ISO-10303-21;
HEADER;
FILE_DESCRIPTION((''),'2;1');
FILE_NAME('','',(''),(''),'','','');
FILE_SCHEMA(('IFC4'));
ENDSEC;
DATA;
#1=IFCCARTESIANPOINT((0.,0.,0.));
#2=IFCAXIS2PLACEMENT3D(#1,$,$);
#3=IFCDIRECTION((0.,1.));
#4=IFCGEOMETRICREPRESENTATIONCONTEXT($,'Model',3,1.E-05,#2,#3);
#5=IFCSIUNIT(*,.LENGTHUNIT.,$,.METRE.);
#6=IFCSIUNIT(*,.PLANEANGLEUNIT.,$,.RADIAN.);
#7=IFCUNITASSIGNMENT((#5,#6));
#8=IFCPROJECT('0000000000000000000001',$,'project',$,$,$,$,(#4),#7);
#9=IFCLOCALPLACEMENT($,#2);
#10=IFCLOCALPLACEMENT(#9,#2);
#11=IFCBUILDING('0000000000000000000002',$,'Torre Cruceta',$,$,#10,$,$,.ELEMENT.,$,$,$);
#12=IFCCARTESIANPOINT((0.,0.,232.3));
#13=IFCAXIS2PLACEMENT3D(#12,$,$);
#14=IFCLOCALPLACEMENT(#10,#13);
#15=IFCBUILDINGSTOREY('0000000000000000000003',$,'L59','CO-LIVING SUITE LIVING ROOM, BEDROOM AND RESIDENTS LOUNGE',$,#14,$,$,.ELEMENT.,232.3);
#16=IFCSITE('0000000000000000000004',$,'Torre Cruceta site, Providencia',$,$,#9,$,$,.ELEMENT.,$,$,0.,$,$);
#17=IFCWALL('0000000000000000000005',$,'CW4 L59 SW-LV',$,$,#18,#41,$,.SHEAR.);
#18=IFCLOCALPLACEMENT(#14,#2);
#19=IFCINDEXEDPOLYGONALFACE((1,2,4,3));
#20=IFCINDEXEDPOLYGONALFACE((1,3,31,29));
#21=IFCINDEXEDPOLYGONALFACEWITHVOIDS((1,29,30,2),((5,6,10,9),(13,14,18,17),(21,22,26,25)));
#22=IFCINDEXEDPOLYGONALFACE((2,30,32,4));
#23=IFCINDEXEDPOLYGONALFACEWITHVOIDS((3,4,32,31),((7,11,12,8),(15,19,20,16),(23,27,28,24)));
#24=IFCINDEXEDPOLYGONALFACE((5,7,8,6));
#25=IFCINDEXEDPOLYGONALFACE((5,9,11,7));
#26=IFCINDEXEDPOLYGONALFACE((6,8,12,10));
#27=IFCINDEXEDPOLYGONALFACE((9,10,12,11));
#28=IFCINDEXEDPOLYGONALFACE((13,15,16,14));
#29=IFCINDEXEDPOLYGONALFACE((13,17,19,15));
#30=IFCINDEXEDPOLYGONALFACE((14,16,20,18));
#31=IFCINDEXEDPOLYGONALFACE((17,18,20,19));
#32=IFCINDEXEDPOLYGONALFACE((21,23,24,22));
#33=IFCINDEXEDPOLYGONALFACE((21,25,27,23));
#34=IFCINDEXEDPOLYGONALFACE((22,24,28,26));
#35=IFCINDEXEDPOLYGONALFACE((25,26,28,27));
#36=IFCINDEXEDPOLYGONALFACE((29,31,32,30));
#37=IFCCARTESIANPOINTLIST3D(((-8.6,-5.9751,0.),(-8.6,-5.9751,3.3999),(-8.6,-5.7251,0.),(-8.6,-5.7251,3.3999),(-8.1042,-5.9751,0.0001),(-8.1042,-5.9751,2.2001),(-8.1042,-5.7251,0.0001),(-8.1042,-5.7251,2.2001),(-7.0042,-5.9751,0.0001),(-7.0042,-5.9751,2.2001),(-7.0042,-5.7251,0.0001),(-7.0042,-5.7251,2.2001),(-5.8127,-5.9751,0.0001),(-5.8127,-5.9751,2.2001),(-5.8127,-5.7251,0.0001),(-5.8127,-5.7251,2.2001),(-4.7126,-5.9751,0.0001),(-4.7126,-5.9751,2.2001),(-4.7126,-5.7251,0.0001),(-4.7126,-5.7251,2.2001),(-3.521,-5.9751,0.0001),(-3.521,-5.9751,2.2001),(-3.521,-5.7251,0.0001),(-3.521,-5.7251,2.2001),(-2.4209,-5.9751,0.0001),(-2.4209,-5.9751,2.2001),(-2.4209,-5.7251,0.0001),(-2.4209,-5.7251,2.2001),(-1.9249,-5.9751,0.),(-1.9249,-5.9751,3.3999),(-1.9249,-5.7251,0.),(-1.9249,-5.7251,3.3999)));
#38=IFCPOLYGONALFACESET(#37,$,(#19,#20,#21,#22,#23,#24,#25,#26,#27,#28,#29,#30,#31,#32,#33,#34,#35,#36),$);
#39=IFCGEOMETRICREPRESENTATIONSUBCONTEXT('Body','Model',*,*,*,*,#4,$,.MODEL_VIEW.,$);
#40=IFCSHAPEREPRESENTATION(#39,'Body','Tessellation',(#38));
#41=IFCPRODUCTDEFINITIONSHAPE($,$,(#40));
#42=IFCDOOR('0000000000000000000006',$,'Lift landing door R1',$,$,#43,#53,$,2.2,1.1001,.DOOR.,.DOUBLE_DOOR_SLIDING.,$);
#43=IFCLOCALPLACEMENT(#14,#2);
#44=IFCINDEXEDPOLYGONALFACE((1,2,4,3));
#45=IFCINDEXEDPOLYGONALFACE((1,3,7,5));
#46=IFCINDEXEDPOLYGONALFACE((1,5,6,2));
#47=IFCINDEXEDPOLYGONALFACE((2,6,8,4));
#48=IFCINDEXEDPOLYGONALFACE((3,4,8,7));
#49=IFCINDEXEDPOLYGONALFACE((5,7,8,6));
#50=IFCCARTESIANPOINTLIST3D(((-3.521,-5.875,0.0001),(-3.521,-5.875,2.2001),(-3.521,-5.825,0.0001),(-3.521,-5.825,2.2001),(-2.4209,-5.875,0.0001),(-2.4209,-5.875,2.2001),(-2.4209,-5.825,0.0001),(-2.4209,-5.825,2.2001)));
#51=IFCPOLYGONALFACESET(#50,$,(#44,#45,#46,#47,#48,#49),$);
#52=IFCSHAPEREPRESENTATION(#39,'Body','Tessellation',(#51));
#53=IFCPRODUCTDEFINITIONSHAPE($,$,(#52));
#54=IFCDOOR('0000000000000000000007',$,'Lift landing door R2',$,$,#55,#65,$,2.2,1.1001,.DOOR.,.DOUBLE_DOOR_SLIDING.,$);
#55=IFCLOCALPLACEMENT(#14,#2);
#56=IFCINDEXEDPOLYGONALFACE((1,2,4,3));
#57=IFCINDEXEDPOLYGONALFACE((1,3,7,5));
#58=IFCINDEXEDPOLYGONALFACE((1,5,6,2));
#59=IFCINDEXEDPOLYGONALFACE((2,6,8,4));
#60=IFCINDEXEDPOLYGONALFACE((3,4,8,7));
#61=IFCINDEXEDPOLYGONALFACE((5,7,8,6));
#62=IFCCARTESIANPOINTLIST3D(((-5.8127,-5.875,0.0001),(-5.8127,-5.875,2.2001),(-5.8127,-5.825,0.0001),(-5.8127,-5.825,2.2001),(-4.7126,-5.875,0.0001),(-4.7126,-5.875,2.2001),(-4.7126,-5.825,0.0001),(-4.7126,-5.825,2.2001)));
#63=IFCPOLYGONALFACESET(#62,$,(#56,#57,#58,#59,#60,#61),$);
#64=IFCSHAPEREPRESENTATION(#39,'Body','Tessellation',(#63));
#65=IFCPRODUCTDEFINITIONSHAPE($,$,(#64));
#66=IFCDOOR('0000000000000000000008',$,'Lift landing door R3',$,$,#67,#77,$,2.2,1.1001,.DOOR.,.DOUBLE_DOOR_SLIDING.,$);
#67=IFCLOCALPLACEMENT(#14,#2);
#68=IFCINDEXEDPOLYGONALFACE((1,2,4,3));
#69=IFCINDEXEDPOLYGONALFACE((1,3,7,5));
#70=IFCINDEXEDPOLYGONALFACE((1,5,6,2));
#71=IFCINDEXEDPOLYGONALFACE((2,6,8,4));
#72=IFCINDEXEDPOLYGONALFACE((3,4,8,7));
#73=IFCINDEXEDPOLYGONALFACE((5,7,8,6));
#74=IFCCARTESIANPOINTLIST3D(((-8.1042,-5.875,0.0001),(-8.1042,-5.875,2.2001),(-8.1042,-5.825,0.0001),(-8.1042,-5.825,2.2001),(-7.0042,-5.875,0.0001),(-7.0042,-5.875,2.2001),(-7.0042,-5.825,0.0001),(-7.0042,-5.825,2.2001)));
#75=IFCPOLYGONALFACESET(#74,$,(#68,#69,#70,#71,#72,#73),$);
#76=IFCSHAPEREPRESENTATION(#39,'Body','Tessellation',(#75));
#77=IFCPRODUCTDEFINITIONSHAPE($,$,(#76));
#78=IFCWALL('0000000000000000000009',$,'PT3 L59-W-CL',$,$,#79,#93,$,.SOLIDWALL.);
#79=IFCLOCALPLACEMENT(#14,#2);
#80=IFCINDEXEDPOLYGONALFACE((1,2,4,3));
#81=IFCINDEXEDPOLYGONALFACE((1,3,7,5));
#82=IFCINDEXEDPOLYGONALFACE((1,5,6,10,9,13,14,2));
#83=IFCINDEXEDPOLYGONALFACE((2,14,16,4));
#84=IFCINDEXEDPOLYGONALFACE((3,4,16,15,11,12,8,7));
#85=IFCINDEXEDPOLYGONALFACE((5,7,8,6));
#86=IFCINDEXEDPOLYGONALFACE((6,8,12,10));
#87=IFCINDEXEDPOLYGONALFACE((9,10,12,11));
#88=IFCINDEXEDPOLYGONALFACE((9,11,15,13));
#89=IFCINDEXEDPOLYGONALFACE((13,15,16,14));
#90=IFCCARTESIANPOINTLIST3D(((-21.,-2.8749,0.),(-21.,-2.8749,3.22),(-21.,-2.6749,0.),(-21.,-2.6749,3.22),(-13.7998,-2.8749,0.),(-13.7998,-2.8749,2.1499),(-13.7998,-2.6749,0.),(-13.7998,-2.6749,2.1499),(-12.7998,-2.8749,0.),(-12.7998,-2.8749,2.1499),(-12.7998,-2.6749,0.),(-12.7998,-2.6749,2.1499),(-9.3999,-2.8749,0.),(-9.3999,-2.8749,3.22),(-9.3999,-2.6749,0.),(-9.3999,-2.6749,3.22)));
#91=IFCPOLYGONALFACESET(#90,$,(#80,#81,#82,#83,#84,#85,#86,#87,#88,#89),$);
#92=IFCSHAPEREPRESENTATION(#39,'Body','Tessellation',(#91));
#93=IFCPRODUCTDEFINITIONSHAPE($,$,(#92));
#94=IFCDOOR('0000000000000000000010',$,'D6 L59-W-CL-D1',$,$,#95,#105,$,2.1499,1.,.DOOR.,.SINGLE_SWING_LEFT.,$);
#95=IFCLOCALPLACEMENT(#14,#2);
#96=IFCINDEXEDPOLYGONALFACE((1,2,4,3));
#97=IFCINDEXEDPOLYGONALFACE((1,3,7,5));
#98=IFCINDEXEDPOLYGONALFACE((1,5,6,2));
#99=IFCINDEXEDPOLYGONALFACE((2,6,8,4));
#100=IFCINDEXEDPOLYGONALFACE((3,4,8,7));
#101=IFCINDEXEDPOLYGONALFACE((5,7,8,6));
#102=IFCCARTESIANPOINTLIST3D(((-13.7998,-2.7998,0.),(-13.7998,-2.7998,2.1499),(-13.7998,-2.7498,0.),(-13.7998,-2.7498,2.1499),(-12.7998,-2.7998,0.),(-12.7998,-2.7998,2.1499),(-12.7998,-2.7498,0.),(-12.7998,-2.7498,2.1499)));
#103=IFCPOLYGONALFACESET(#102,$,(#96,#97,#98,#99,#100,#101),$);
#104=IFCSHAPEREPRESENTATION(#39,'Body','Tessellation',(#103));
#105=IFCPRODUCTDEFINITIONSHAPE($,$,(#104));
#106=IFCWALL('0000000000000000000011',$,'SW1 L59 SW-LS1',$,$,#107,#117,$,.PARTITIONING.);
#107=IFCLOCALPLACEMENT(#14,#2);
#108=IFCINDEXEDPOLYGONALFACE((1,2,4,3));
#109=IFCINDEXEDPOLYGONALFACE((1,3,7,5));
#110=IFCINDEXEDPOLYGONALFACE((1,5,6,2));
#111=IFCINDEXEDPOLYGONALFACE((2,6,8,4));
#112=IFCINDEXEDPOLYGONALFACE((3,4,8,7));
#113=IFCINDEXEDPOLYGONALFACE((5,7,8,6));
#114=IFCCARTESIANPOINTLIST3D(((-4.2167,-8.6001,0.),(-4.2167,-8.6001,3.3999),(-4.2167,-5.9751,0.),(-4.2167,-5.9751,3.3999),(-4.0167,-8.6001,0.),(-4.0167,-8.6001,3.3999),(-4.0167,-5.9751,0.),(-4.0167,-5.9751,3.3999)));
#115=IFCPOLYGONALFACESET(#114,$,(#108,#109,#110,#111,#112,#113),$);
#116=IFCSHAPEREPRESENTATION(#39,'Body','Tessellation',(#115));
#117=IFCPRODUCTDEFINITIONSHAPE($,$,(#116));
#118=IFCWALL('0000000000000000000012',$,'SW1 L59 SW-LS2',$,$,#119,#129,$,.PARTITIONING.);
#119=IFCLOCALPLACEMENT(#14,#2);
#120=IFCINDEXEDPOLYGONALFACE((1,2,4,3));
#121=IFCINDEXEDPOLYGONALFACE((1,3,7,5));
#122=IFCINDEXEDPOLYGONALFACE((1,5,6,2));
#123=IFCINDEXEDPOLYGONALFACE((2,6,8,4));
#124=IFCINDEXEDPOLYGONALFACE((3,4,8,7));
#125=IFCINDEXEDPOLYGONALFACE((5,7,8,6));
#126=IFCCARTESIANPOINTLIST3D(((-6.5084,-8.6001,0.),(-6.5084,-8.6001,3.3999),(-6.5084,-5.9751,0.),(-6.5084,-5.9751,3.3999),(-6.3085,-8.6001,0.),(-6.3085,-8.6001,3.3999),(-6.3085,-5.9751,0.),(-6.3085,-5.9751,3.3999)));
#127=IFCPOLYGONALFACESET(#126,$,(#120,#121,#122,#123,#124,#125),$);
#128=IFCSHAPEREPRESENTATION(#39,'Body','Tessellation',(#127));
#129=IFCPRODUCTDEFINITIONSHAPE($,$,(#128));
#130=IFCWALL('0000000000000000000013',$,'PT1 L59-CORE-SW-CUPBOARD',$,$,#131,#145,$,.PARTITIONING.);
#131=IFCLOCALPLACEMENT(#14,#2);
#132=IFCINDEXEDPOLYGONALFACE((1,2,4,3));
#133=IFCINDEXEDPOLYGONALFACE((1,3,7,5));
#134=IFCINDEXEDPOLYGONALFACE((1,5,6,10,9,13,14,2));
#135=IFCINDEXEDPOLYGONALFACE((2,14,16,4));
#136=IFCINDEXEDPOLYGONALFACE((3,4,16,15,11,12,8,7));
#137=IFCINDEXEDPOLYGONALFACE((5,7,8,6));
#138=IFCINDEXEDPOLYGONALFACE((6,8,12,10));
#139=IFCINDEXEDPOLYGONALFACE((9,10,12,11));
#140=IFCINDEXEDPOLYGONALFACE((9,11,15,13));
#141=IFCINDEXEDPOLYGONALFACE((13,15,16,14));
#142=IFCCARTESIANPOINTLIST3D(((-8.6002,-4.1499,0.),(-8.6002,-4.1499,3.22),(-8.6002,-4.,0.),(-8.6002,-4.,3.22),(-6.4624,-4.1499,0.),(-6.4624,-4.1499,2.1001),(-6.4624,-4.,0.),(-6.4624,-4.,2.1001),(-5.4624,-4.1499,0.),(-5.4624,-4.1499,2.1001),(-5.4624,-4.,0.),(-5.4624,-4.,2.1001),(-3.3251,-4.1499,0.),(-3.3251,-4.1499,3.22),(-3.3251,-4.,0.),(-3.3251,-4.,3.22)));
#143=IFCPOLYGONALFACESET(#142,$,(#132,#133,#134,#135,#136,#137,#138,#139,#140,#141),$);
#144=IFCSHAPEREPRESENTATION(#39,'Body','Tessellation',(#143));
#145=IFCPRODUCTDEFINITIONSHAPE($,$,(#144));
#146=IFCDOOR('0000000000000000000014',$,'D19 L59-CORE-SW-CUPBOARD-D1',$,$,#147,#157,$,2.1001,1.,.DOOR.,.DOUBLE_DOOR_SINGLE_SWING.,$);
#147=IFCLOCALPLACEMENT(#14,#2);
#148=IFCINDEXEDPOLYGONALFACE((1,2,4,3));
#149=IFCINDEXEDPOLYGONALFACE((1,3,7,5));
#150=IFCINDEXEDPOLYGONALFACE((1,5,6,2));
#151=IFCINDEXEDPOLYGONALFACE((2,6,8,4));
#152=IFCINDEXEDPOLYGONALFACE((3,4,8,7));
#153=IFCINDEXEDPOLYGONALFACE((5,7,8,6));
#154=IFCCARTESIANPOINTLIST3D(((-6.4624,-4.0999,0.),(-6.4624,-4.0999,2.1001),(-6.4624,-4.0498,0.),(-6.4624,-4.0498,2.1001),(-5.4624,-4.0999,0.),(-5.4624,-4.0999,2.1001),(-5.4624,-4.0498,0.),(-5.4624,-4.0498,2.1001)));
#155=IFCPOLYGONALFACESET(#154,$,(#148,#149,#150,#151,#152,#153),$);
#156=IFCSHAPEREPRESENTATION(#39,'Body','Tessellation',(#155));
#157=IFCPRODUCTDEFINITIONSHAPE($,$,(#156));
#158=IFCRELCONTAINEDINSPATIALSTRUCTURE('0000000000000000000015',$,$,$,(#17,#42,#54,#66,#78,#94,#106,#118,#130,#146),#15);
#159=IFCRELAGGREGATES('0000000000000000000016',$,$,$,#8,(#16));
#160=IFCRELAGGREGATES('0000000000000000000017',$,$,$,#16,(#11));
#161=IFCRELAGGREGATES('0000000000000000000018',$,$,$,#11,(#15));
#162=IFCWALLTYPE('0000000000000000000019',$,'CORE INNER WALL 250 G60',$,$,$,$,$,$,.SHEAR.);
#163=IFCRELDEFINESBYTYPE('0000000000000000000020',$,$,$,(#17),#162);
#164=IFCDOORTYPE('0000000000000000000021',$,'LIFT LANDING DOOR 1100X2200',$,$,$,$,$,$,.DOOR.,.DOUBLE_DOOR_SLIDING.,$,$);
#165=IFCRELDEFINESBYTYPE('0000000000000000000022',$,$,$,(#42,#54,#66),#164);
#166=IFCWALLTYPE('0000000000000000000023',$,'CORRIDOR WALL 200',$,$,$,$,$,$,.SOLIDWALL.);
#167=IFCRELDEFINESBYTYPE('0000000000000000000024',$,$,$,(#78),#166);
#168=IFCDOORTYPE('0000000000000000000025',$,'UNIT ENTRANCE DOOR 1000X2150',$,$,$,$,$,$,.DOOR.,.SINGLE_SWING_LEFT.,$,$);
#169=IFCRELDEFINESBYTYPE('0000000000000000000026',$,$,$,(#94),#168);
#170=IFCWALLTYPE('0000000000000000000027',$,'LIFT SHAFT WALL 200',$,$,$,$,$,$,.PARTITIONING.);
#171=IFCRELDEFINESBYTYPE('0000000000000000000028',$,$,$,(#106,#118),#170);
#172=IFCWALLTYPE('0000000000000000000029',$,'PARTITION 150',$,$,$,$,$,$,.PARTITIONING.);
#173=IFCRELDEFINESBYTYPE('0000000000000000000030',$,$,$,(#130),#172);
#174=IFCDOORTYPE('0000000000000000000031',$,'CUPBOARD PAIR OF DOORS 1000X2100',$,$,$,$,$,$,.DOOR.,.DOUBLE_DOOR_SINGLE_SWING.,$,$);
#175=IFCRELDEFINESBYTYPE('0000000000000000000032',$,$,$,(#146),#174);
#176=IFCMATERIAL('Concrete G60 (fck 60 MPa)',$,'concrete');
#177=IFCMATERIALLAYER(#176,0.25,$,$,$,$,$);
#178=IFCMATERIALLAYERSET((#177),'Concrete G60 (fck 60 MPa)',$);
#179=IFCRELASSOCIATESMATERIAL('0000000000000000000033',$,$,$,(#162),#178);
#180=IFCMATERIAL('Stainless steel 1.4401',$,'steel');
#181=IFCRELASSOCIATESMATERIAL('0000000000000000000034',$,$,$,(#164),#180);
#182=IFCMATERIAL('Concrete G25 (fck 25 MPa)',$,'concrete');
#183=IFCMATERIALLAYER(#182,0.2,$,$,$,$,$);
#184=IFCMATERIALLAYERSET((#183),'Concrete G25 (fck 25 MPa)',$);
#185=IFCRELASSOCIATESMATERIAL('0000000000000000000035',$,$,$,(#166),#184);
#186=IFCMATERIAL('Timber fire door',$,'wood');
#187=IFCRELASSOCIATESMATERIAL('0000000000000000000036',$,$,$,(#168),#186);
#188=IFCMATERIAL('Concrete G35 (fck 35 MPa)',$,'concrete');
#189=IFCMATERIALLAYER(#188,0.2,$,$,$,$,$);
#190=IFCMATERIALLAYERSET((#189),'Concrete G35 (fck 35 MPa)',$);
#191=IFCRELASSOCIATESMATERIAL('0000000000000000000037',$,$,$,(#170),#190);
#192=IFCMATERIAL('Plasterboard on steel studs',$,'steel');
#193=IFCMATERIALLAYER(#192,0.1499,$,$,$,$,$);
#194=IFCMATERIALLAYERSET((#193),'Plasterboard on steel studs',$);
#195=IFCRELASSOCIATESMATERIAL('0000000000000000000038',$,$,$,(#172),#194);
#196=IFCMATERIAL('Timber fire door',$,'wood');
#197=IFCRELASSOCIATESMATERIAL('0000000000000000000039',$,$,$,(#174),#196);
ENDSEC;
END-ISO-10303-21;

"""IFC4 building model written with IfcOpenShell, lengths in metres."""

from ifc_helpers import new_model, si_unit, direction, frame, frame_2d, origin, place, context, subcontext, project, spatial, rectangle, extrude, material, layer, layer_set, type_object, element, fill, save


model = new_model("IFC4")

# Units and contexts
model_context = context("Model", 3, precision=1e-05, world=origin(), true_north=direction((0.0, 1.0)))
body_context = subcontext(model_context, "Body", "Model", "MODEL_VIEW")
ifc_project = project(units=[si_unit("LENGTHUNIT", "METRE"), si_unit("PLANEANGLEUNIT", "RADIAN")], contexts=[model_context])

# Site, building, storey
site_placement = place(None, origin())
site = spatial("IfcSite", under=ifc_project, at=site_placement, Name="Torre Cruceta site, Providencia", CompositionType="ELEMENT", RefElevation=0.0)
building_placement = place(site_placement, origin())
building = spatial("IfcBuilding", under=site, at=building_placement, Name="Torre Cruceta", CompositionType="ELEMENT")
storey_placement = place(building_placement, frame((0.0, 0.0, 232.3)))
storey = spatial("IfcBuildingStorey", under=building, at=storey_placement, Name="L59", Description="CO-LIVING SUITE LIVING ROOM, BEDROOM AND RESIDENTS LOUNGE", CompositionType="ELEMENT", Elevation=232.3)

# Shared definitions
ifc_material_1 = material(Name="Concrete G60 (fck 60 MPa)", Category="concrete")
ifc_layer_1 = layer(ifc_material_1, 0.25)
ifc_layer_set_1 = layer_set([ifc_layer_1], Name="Concrete G60 (fck 60 MPa)")
wall_type_1 = type_object("IfcWallType", Name="CORE INNER WALL 250 G60", PredefinedType="SHEAR", material=ifc_layer_set_1)

# Wall, openings, doors
wall_1_placement = place(storey_placement, frame((-1.925, -5.8501, 0.0), z_axis=(0.0, 0.0, 1.0), x_axis=(-1.0, 0.0, 0.0)))
wall_1 = element("IfcWall", 1, at=wall_1_placement, inside=storey, type_object=wall_type_1, Name="CW4 L59 SW-LV", PredefinedType="SHEAR", context=body_context, shape_type="SweptSolid", body=[
    extrude(rectangle(XDim=6.675, YDim=0.25, at=frame_2d((3.3374, 0.0))), origin(), (0.0, 0.0, 1.0), 3.3999),
])
opening_1_placement = place(wall_1_placement, frame((0.4958, 0.0, 0.0)))
opening_1 = element("IfcOpeningElement", 2, at=opening_1_placement, cuts=wall_1, PredefinedType="OPENING", context=body_context, shape_type="SweptSolid", body=[
    extrude(rectangle(XDim=1.1001, YDim=2.2, at=frame_2d((0.55, 1.1001))), frame((0.0, 0.135, 0.0), z_axis=(0.0, -1.0, 0.0), x_axis=(1.0, 0.0, 0.0)), (0.0, 0.0, 1.0), 0.27),
])
opening_2_placement = place(wall_1_placement, frame((2.7876, 0.0, 0.0)))
opening_2 = element("IfcOpeningElement", 3, at=opening_2_placement, cuts=wall_1, PredefinedType="OPENING", context=body_context, shape_type="SweptSolid", body=[
    extrude(rectangle(XDim=1.1001, YDim=2.2, at=frame_2d((0.55, 1.1001))), frame((0.0, 0.135, 0.0), z_axis=(0.0, -1.0, 0.0), x_axis=(1.0, 0.0, 0.0)), (0.0, 0.0, 1.0), 0.27),
])
opening_3_placement = place(wall_1_placement, frame((5.0791, 0.0, 0.0)))
opening_3 = element("IfcOpeningElement", 4, at=opening_3_placement, cuts=wall_1, PredefinedType="OPENING", context=body_context, shape_type="SweptSolid", body=[
    extrude(rectangle(XDim=1.1001, YDim=2.2, at=frame_2d((0.55, 1.1001))), frame((0.0, 0.135, 0.0), z_axis=(0.0, -1.0, 0.0), x_axis=(1.0, 0.0, 0.0)), (0.0, 0.0, 1.0), 0.27),
])
ifc_material_2 = material(Name="Stainless steel 1.4401", Category="steel")
door_type_1 = type_object("IfcDoorType", Name="LIFT LANDING DOOR 1100X2200", OperationType="DOUBLE_DOOR_SLIDING", PredefinedType="DOOR", material=ifc_material_2)
door_1_placement = place(opening_1_placement, origin())
door_1 = element("IfcDoor", 5, at=door_1_placement, inside=storey, type_object=door_type_1, Name="Lift landing door R1", OperationType="DOUBLE_DOOR_SLIDING", OverallHeight=2.2, OverallWidth=1.1001, PredefinedType="DOOR", context=body_context, shape_type="SweptSolid", body=[
    extrude(rectangle(XDim=1.1001, YDim=2.2, at=frame_2d((0.55, 1.1001))), frame((0.0, 0.0249, 0.0), z_axis=(0.0, -1.0, 0.0), x_axis=(1.0, 0.0, 0.0)), (0.0, 0.0, 1.0), 0.05),
])
fill(opening_1, door_1)
door_2_placement = place(opening_2_placement, origin())
door_2 = element("IfcDoor", 6, at=door_2_placement, inside=storey, type_object=door_type_1, Name="Lift landing door R2", OperationType="DOUBLE_DOOR_SLIDING", OverallHeight=2.2, OverallWidth=1.1001, PredefinedType="DOOR", context=body_context, shape_type="SweptSolid", body=[
    extrude(rectangle(XDim=1.1001, YDim=2.2, at=frame_2d((0.55, 1.1001))), frame((0.0, 0.0249, 0.0), z_axis=(0.0, -1.0, 0.0), x_axis=(1.0, 0.0, 0.0)), (0.0, 0.0, 1.0), 0.05),
])
fill(opening_2, door_2)
door_3_placement = place(opening_3_placement, origin())
door_3 = element("IfcDoor", 7, at=door_3_placement, inside=storey, type_object=door_type_1, Name="Lift landing door R3", OperationType="DOUBLE_DOOR_SLIDING", OverallHeight=2.2, OverallWidth=1.1001, PredefinedType="DOOR", context=body_context, shape_type="SweptSolid", body=[
    extrude(rectangle(XDim=1.1001, YDim=2.2, at=frame_2d((0.55, 1.1001))), frame((0.0, 0.0249, 0.0), z_axis=(0.0, -1.0, 0.0), x_axis=(1.0, 0.0, 0.0)), (0.0, 0.0, 1.0), 0.05),
])
fill(opening_3, door_3)

# Wall, opening, door
ifc_material_3 = material(Name="Concrete G25 (fck 25 MPa)", Category="concrete")
ifc_layer_2 = layer(ifc_material_3, 0.2)
ifc_layer_set_2 = layer_set([ifc_layer_2], Name="Concrete G25 (fck 25 MPa)")
wall_type_2 = type_object("IfcWallType", Name="CORRIDOR WALL 200", PredefinedType="SOLIDWALL", material=ifc_layer_set_2)
wall_2_placement = place(storey_placement, frame((-9.3999, -2.7749, 0.0), z_axis=(0.0, 0.0, 1.0), x_axis=(-1.0, 0.0, 0.0)))
wall_2 = element("IfcWall", 8, at=wall_2_placement, inside=storey, type_object=wall_type_2, Name="PT3 L59-W-CL", PredefinedType="SOLIDWALL", context=body_context, shape_type="SweptSolid", body=[
    extrude(rectangle(XDim=11.6001, YDim=0.2, at=frame_2d((5.8, 0.0))), origin(), (0.0, 0.0, 1.0), 3.22),
])
opening_4_placement = place(wall_2_placement, frame((3.3999, 0.0, 0.0)))
opening_4 = element("IfcOpeningElement", 9, at=opening_4_placement, cuts=wall_2, PredefinedType="OPENING", context=body_context, shape_type="SweptSolid", body=[
    extrude(rectangle(XDim=1.0, YDim=2.1499, at=frame_2d((0.5, 1.075))), frame((0.0, 0.1099, 0.0), z_axis=(0.0, -1.0, 0.0), x_axis=(1.0, 0.0, 0.0)), (0.0, 0.0, 1.0), 0.22),
])
ifc_material_4 = material(Name="Timber fire door", Category="wood")
door_type_2 = type_object("IfcDoorType", Name="UNIT ENTRANCE DOOR 1000X2150", OperationType="SINGLE_SWING_LEFT", PredefinedType="DOOR", material=ifc_material_4)
door_4_placement = place(opening_4_placement, origin())
door_4 = element("IfcDoor", 10, at=door_4_placement, inside=storey, type_object=door_type_2, Name="D6 L59-W-CL-D1", OperationType="SINGLE_SWING_LEFT", OverallHeight=2.1499, OverallWidth=1.0, PredefinedType="DOOR", context=body_context, shape_type="SweptSolid", body=[
    extrude(rectangle(XDim=1.0, YDim=2.1499, at=frame_2d((0.5, 1.075))), frame((0.0, 0.0249, 0.0), z_axis=(0.0, -1.0, 0.0), x_axis=(1.0, 0.0, 0.0)), (0.0, 0.0, 1.0), 0.05),
])
fill(opening_4, door_4)

# Walls
ifc_material_5 = material(Name="Concrete G35 (fck 35 MPa)", Category="concrete")
ifc_layer_3 = layer(ifc_material_5, 0.2)
ifc_layer_set_3 = layer_set([ifc_layer_3], Name="Concrete G35 (fck 35 MPa)")
wall_type_3 = type_object("IfcWallType", Name="LIFT SHAFT WALL 200", PredefinedType="PARTITIONING", material=ifc_layer_set_3)
for number, where, z_axis, x_axis, name in (
    (11, (-4.1167, -5.9751, 0.0), (0.0, 0.0, 1.0), (0.0, -1.0, 0.0), "SW1 L59 SW-LS1"),
    (12, (-6.4084, -5.9751, 0.0), (0.0, 0.0, 1.0), (0.0, -1.0, 0.0), "SW1 L59 SW-LS2"),
):
    element("IfcWall", number, at=place(storey_placement, frame(where, z_axis=z_axis, x_axis=x_axis)), inside=storey, type_object=wall_type_3, Name=name, PredefinedType="PARTITIONING", context=body_context, shape_type="SweptSolid", body=[
        extrude(rectangle(XDim=2.625, YDim=0.2, at=frame_2d((1.3125, 0.0))), origin(), (0.0, 0.0, 1.0), 3.3999),
    ])

# Wall, opening, door
ifc_material_6 = material(Name="Plasterboard on steel studs", Category="steel")
ifc_layer_4 = layer(ifc_material_6, 0.1499)
ifc_layer_set_4 = layer_set([ifc_layer_4], Name="Plasterboard on steel studs")
wall_type_4 = type_object("IfcWallType", Name="PARTITION 150", PredefinedType="PARTITIONING", material=ifc_layer_set_4)
wall_3_placement = place(storey_placement, frame((-3.325, -4.075, 0.0), z_axis=(0.0, 0.0, 1.0), x_axis=(-1.0, 0.0, 0.0)))
wall_3 = element("IfcWall", 13, at=wall_3_placement, inside=storey, type_object=wall_type_4, Name="PT1 L59-CORE-SW-CUPBOARD", PredefinedType="PARTITIONING", context=body_context, shape_type="SweptSolid", body=[
    extrude(rectangle(XDim=5.2751, YDim=0.1499, at=frame_2d((2.6377, 0.0))), origin(), (0.0, 0.0, 1.0), 3.22),
])
opening_5_placement = place(wall_3_placement, frame((2.1375, 0.0, 0.0)))
opening_5 = element("IfcOpeningElement", 14, at=opening_5_placement, cuts=wall_3, PredefinedType="OPENING", context=body_context, shape_type="SweptSolid", body=[
    extrude(rectangle(XDim=1.0, YDim=2.1001, at=frame_2d((0.5, 1.05))), frame((0.0, 0.085, 0.0), z_axis=(0.0, -1.0, 0.0), x_axis=(1.0, 0.0, 0.0)), (0.0, 0.0, 1.0), 0.1699),
])
ifc_material_7 = material(Name="Timber fire door", Category="wood")
door_type_3 = type_object("IfcDoorType", Name="CUPBOARD PAIR OF DOORS 1000X2100", OperationType="DOUBLE_DOOR_SINGLE_SWING", PredefinedType="DOOR", material=ifc_material_7)
door_5_placement = place(opening_5_placement, frame((1.0, 0.0, 0.0), z_axis=(0.0, 0.0, 1.0), x_axis=(-1.0, 0.0, 0.0)))
door_5 = element("IfcDoor", 15, at=door_5_placement, inside=storey, type_object=door_type_3, Name="D19 L59-CORE-SW-CUPBOARD-D1", OperationType="DOUBLE_DOOR_SINGLE_SWING", OverallHeight=2.1001, OverallWidth=1.0, PredefinedType="DOOR", context=body_context, shape_type="SweptSolid", body=[
    extrude(rectangle(XDim=1.0, YDim=2.1001, at=frame_2d((0.5, 1.05))), frame((0.0, 0.0251, 0.0), z_axis=(0.0, -1.0, 0.0), x_axis=(1.0, 0.0, 0.0)), (0.0, 0.0, 1.0), 0.05),
])
fill(opening_5, door_5)

save(model, "model.ifc")
